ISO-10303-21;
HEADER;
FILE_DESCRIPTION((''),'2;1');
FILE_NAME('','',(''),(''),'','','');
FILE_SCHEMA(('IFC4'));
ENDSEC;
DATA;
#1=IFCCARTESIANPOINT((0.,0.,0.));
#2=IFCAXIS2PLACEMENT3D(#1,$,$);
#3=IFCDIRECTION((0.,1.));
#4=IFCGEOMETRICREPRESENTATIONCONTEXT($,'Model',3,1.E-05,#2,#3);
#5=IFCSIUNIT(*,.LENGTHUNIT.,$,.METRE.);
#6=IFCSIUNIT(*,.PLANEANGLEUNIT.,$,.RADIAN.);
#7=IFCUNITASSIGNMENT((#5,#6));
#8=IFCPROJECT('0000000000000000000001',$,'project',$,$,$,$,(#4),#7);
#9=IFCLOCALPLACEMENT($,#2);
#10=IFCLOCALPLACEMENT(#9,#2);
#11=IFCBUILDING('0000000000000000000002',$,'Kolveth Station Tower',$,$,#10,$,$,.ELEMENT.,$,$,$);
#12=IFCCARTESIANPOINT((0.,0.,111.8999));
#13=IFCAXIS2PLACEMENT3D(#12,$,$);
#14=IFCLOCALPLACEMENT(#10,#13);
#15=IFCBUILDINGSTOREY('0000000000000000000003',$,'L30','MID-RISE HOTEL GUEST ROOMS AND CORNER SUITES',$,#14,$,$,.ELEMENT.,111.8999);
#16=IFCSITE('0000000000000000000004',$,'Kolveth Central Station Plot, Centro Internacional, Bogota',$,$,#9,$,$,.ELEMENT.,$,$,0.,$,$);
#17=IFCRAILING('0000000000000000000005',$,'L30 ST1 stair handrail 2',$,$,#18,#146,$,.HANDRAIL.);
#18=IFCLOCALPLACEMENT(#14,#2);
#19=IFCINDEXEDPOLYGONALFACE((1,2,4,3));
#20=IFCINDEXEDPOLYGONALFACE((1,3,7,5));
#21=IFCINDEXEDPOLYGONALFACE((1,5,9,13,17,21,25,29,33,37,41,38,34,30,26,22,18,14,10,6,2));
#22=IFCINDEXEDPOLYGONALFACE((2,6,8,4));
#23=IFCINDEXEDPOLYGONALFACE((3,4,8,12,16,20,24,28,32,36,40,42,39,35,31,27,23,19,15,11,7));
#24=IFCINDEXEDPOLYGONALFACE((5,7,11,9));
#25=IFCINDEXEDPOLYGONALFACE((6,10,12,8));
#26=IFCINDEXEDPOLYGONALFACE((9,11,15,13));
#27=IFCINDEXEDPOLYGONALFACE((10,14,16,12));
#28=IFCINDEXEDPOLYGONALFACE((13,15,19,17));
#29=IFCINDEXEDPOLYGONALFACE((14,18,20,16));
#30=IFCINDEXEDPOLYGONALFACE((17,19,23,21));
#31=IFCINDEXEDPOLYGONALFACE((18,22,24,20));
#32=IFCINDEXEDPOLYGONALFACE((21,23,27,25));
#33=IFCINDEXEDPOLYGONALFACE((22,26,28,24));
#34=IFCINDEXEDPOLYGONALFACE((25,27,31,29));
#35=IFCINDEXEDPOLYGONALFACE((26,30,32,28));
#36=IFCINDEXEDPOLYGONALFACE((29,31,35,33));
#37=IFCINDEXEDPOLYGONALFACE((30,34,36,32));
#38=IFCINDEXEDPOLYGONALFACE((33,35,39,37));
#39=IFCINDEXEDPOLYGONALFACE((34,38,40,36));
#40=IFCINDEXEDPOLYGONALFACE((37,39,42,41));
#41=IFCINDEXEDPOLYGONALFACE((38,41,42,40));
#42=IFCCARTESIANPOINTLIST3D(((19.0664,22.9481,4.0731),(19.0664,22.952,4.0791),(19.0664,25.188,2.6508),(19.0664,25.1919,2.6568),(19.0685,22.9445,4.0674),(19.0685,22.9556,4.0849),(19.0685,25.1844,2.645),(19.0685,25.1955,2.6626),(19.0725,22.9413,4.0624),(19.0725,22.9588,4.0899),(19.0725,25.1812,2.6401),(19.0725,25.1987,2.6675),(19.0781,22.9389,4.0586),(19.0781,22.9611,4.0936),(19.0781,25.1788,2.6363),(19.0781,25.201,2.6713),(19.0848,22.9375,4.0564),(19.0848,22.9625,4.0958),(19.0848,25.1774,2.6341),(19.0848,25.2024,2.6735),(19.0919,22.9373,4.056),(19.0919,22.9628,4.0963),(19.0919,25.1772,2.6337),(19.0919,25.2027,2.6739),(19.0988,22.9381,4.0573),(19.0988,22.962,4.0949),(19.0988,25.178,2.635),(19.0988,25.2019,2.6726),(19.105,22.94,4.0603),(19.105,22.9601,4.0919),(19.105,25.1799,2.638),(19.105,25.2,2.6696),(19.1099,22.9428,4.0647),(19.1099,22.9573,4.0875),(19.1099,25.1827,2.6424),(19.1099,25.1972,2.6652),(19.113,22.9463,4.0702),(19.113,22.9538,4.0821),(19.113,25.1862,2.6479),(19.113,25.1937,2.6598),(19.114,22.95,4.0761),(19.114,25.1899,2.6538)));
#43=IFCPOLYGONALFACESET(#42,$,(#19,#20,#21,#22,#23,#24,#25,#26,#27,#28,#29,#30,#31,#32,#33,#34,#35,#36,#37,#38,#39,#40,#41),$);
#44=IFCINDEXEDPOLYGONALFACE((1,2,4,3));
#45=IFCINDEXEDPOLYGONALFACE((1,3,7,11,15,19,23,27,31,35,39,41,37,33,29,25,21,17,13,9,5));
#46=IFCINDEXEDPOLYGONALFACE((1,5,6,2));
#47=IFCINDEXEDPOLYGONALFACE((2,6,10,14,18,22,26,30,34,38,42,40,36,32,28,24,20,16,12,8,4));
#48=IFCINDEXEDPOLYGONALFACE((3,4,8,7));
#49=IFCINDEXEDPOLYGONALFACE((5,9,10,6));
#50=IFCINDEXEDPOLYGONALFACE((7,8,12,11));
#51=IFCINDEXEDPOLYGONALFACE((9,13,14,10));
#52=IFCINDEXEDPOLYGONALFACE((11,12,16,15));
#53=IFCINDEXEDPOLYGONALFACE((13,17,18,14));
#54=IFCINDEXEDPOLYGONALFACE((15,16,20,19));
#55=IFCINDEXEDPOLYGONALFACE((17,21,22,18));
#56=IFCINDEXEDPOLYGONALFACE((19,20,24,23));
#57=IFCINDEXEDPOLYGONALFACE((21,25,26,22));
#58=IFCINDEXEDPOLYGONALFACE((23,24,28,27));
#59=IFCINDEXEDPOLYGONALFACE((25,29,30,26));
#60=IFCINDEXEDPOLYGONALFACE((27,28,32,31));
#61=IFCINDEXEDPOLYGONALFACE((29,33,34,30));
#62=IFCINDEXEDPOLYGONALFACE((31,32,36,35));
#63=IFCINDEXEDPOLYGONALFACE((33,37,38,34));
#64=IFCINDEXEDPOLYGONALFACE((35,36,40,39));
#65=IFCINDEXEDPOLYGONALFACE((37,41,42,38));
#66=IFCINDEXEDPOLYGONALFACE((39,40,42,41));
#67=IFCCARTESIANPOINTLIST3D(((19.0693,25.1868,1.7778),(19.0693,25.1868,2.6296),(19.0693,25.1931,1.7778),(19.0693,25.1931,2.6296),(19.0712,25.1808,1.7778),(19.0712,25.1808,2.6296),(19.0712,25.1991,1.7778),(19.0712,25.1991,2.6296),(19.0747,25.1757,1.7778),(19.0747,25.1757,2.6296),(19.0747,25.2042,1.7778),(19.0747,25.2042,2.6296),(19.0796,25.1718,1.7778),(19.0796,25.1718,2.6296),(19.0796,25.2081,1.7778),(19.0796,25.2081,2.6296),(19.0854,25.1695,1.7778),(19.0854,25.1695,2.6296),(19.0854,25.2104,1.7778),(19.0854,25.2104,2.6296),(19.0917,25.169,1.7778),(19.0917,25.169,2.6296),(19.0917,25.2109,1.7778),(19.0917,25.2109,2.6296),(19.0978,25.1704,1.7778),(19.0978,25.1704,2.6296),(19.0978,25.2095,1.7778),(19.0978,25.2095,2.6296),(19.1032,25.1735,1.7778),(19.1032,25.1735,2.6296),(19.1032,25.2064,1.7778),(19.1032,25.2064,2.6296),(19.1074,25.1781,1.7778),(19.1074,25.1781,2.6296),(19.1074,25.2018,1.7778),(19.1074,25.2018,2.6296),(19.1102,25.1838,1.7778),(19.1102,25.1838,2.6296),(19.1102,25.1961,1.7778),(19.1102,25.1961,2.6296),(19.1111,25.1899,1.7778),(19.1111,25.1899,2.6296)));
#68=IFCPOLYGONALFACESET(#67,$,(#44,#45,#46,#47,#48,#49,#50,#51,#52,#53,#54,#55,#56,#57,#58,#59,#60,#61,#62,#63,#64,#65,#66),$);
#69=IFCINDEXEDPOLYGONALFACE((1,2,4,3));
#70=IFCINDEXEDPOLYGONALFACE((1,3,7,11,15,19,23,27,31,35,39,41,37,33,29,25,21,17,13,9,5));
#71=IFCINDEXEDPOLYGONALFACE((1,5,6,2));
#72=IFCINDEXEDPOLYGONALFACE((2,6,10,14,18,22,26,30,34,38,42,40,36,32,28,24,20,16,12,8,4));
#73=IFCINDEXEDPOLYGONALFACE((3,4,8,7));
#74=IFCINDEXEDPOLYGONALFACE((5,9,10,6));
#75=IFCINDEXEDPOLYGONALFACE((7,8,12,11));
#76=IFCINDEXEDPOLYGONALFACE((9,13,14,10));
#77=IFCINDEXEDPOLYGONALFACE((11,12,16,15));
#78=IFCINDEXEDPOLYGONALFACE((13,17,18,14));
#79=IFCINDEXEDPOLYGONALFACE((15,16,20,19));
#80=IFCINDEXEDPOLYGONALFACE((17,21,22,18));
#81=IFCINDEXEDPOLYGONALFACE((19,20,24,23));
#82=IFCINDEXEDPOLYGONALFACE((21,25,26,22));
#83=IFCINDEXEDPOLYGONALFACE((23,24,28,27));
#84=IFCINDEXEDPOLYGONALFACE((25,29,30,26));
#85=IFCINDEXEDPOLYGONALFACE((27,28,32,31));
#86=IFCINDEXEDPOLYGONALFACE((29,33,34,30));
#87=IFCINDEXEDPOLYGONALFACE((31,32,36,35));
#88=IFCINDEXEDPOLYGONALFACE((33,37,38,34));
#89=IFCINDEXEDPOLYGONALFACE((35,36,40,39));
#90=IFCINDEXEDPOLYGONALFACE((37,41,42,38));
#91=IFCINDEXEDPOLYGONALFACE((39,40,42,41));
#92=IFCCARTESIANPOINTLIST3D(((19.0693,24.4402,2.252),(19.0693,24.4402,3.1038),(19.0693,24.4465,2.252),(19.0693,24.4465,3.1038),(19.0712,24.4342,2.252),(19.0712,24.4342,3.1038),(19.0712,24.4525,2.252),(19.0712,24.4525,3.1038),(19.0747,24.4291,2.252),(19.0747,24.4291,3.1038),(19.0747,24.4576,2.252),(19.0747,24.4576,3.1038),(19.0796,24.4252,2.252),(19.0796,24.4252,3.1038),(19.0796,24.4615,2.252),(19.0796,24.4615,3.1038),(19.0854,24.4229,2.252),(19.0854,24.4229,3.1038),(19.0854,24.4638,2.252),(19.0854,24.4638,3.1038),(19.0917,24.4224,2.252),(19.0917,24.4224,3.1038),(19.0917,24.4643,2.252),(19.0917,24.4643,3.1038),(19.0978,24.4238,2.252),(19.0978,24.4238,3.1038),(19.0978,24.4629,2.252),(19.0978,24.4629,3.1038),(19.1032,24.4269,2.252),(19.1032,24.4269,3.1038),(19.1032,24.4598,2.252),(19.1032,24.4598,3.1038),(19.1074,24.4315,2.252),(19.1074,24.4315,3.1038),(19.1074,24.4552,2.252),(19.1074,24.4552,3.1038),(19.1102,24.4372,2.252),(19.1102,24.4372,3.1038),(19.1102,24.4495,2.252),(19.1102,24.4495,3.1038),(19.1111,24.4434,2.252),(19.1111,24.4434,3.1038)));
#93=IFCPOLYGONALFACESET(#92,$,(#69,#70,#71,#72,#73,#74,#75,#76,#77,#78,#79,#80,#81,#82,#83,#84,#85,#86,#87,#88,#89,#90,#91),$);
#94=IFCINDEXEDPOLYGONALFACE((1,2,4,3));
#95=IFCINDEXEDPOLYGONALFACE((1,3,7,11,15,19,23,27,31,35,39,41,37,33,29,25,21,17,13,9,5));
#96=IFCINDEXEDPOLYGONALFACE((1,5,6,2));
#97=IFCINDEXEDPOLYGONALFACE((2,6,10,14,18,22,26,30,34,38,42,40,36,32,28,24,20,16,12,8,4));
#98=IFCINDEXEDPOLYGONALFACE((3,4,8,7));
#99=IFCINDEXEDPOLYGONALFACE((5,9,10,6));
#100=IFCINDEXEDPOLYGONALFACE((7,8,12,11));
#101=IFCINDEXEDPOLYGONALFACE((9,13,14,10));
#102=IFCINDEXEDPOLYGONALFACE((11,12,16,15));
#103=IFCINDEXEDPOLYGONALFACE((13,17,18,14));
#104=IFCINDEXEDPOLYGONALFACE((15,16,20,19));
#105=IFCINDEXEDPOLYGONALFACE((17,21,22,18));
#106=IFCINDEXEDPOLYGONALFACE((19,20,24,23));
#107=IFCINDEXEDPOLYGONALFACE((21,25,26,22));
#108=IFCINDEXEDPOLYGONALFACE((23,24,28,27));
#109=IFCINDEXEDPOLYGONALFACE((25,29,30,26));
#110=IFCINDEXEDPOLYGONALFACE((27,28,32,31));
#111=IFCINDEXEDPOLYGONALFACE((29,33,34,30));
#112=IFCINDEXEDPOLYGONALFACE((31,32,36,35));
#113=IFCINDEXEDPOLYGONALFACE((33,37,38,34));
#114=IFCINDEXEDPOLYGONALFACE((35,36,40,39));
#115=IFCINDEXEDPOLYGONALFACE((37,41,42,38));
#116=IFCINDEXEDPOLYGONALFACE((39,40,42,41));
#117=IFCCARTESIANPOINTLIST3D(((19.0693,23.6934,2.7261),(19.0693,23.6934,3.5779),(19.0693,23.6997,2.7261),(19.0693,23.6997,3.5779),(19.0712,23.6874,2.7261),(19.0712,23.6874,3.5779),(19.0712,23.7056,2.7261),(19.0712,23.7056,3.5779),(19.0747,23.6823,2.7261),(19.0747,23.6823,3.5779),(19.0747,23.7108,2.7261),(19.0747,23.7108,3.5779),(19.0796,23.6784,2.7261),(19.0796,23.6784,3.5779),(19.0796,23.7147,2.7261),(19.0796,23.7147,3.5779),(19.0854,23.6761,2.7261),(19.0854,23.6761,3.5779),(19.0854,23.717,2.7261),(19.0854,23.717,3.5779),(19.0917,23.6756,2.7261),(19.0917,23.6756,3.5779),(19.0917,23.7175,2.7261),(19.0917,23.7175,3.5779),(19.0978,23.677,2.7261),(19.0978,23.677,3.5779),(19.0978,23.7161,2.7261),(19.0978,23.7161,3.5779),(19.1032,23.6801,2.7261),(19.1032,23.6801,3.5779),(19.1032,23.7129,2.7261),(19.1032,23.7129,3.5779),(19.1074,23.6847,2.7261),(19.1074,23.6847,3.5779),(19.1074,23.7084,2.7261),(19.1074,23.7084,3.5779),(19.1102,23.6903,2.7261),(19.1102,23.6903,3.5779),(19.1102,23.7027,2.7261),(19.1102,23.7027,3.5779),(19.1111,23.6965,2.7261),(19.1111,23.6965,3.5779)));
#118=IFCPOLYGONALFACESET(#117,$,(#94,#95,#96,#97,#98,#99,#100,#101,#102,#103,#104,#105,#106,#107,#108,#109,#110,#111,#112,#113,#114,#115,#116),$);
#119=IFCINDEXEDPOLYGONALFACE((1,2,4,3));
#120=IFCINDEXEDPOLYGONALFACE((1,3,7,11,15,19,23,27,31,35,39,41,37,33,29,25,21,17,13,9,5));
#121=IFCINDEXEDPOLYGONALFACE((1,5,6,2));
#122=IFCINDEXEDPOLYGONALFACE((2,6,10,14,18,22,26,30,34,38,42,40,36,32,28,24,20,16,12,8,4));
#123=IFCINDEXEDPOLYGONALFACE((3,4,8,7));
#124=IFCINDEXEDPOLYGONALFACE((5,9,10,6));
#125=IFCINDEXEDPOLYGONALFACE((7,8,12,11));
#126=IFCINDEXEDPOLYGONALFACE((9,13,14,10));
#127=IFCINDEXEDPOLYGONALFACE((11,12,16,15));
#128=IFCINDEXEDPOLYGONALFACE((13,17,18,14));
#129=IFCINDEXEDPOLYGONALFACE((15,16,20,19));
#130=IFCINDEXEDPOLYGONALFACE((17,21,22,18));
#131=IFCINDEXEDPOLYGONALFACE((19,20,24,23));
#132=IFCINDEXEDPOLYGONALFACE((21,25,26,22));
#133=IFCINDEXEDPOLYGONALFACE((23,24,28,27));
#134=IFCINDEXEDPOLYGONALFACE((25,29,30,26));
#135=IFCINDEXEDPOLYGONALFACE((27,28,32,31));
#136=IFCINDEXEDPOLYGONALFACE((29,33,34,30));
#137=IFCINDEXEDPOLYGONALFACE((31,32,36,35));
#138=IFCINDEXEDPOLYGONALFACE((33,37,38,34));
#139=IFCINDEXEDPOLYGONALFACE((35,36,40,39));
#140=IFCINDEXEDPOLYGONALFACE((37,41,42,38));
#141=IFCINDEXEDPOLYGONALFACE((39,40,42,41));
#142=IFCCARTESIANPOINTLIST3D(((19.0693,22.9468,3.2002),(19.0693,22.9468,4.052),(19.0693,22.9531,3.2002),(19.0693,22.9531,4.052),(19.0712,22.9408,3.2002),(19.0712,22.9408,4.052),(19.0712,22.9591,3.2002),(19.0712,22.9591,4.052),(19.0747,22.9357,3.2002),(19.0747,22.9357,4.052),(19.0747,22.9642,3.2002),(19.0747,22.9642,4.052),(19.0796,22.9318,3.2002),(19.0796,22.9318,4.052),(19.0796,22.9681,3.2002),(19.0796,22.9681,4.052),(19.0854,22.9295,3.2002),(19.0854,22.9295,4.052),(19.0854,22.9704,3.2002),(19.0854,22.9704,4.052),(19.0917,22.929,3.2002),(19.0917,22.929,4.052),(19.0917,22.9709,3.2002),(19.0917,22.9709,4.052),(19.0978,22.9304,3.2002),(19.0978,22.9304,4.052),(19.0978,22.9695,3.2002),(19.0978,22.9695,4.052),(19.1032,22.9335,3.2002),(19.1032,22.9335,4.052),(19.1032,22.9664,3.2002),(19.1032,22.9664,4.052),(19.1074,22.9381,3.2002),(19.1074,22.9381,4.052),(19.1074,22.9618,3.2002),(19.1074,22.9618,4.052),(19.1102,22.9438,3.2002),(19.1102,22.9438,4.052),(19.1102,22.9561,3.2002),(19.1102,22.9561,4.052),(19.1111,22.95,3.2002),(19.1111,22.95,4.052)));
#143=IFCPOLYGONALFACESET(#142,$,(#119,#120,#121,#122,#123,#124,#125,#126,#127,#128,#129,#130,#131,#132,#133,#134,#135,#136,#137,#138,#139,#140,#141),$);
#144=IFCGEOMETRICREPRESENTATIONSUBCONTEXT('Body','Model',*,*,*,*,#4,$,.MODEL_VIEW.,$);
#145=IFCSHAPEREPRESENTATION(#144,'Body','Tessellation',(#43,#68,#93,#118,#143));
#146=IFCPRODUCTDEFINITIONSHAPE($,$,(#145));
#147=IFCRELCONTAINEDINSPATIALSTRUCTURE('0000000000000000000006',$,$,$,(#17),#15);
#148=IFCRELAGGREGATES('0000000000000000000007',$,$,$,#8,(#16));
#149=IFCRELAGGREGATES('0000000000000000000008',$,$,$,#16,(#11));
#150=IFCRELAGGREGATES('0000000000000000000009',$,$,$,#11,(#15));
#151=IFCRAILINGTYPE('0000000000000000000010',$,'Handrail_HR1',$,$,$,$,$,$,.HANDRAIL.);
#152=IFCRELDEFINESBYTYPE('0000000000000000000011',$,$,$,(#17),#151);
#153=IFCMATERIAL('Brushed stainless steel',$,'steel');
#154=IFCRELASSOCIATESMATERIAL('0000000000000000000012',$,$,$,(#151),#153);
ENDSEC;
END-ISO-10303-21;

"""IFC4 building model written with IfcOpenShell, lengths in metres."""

from ifc_helpers import new_model, si_unit, direction, frame, origin, origin_2d, place, context, subcontext, project, spatial, circle, extrude, material, type_object, element, save


model = new_model("IFC4")

# Units and contexts
model_context = context("Model", 3, precision=1e-05, world=origin(), true_north=direction((0.0, 1.0)))
body_context = subcontext(model_context, "Body", "Model", "MODEL_VIEW")
ifc_project = project(units=[si_unit("LENGTHUNIT", "METRE"), si_unit("PLANEANGLEUNIT", "RADIAN")], contexts=[model_context])

# Site, building, storey
site_placement = place(None, origin())
site = spatial("IfcSite", under=ifc_project, at=site_placement, Name="Kolveth Central Station Plot, Centro Internacional, Bogota", CompositionType="ELEMENT", RefElevation=0.0)
building_placement = place(site_placement, origin())
building = spatial("IfcBuilding", under=site, at=building_placement, Name="Kolveth Station Tower", CompositionType="ELEMENT")
storey_placement = place(building_placement, frame((0.0, 0.0, 111.8999)))
storey = spatial("IfcBuildingStorey", under=building, at=storey_placement, Name="L30", Description="MID-RISE HOTEL GUEST ROOMS AND CORNER SUITES", CompositionType="ELEMENT", Elevation=111.8999)

# Railing
ifc_material_1 = material(Name="Brushed stainless steel", Category="steel")
railing_type_1 = type_object("IfcRailingType", Name="Handrail_HR1", PredefinedType="HANDRAIL", material=ifc_material_1)
railing_1_placement = place(storey_placement, frame((19.0901, 25.1899, 1.7778)))
element("IfcRailing", 1, at=railing_1_placement, inside=storey, type_object=railing_type_1, Name="L30 ST1 stair handrail 2", PredefinedType="HANDRAIL", context=body_context, shape_type="SweptSolid", body=[
    extrude(circle(Radius=0.0239, at=origin_2d()), frame((0.0, 0.0, 0.876), z_axis=(0.0, -0.844188, 0.536048), x_axis=(1.0, 0.0, 0.0)), (0.0, 0.0, 1.0), 2.6533),
    extrude(circle(Radius=0.021, at=origin_2d()), origin(), (0.0, 0.0, 1.0), 0.8518),
    extrude(circle(Radius=0.021, at=origin_2d()), frame((0.0, -0.7466, 0.4741)), (0.0, 0.0, 1.0), 0.8518),
    extrude(circle(Radius=0.021, at=origin_2d()), frame((0.0, -1.4934, 0.9482)), (0.0, 0.0, 1.0), 0.8518),
    extrude(circle(Radius=0.021, at=origin_2d()), frame((0.0, -2.24, 1.4224)), (0.0, 0.0, 1.0), 0.8518),
])

save(model, "model.ifc")
